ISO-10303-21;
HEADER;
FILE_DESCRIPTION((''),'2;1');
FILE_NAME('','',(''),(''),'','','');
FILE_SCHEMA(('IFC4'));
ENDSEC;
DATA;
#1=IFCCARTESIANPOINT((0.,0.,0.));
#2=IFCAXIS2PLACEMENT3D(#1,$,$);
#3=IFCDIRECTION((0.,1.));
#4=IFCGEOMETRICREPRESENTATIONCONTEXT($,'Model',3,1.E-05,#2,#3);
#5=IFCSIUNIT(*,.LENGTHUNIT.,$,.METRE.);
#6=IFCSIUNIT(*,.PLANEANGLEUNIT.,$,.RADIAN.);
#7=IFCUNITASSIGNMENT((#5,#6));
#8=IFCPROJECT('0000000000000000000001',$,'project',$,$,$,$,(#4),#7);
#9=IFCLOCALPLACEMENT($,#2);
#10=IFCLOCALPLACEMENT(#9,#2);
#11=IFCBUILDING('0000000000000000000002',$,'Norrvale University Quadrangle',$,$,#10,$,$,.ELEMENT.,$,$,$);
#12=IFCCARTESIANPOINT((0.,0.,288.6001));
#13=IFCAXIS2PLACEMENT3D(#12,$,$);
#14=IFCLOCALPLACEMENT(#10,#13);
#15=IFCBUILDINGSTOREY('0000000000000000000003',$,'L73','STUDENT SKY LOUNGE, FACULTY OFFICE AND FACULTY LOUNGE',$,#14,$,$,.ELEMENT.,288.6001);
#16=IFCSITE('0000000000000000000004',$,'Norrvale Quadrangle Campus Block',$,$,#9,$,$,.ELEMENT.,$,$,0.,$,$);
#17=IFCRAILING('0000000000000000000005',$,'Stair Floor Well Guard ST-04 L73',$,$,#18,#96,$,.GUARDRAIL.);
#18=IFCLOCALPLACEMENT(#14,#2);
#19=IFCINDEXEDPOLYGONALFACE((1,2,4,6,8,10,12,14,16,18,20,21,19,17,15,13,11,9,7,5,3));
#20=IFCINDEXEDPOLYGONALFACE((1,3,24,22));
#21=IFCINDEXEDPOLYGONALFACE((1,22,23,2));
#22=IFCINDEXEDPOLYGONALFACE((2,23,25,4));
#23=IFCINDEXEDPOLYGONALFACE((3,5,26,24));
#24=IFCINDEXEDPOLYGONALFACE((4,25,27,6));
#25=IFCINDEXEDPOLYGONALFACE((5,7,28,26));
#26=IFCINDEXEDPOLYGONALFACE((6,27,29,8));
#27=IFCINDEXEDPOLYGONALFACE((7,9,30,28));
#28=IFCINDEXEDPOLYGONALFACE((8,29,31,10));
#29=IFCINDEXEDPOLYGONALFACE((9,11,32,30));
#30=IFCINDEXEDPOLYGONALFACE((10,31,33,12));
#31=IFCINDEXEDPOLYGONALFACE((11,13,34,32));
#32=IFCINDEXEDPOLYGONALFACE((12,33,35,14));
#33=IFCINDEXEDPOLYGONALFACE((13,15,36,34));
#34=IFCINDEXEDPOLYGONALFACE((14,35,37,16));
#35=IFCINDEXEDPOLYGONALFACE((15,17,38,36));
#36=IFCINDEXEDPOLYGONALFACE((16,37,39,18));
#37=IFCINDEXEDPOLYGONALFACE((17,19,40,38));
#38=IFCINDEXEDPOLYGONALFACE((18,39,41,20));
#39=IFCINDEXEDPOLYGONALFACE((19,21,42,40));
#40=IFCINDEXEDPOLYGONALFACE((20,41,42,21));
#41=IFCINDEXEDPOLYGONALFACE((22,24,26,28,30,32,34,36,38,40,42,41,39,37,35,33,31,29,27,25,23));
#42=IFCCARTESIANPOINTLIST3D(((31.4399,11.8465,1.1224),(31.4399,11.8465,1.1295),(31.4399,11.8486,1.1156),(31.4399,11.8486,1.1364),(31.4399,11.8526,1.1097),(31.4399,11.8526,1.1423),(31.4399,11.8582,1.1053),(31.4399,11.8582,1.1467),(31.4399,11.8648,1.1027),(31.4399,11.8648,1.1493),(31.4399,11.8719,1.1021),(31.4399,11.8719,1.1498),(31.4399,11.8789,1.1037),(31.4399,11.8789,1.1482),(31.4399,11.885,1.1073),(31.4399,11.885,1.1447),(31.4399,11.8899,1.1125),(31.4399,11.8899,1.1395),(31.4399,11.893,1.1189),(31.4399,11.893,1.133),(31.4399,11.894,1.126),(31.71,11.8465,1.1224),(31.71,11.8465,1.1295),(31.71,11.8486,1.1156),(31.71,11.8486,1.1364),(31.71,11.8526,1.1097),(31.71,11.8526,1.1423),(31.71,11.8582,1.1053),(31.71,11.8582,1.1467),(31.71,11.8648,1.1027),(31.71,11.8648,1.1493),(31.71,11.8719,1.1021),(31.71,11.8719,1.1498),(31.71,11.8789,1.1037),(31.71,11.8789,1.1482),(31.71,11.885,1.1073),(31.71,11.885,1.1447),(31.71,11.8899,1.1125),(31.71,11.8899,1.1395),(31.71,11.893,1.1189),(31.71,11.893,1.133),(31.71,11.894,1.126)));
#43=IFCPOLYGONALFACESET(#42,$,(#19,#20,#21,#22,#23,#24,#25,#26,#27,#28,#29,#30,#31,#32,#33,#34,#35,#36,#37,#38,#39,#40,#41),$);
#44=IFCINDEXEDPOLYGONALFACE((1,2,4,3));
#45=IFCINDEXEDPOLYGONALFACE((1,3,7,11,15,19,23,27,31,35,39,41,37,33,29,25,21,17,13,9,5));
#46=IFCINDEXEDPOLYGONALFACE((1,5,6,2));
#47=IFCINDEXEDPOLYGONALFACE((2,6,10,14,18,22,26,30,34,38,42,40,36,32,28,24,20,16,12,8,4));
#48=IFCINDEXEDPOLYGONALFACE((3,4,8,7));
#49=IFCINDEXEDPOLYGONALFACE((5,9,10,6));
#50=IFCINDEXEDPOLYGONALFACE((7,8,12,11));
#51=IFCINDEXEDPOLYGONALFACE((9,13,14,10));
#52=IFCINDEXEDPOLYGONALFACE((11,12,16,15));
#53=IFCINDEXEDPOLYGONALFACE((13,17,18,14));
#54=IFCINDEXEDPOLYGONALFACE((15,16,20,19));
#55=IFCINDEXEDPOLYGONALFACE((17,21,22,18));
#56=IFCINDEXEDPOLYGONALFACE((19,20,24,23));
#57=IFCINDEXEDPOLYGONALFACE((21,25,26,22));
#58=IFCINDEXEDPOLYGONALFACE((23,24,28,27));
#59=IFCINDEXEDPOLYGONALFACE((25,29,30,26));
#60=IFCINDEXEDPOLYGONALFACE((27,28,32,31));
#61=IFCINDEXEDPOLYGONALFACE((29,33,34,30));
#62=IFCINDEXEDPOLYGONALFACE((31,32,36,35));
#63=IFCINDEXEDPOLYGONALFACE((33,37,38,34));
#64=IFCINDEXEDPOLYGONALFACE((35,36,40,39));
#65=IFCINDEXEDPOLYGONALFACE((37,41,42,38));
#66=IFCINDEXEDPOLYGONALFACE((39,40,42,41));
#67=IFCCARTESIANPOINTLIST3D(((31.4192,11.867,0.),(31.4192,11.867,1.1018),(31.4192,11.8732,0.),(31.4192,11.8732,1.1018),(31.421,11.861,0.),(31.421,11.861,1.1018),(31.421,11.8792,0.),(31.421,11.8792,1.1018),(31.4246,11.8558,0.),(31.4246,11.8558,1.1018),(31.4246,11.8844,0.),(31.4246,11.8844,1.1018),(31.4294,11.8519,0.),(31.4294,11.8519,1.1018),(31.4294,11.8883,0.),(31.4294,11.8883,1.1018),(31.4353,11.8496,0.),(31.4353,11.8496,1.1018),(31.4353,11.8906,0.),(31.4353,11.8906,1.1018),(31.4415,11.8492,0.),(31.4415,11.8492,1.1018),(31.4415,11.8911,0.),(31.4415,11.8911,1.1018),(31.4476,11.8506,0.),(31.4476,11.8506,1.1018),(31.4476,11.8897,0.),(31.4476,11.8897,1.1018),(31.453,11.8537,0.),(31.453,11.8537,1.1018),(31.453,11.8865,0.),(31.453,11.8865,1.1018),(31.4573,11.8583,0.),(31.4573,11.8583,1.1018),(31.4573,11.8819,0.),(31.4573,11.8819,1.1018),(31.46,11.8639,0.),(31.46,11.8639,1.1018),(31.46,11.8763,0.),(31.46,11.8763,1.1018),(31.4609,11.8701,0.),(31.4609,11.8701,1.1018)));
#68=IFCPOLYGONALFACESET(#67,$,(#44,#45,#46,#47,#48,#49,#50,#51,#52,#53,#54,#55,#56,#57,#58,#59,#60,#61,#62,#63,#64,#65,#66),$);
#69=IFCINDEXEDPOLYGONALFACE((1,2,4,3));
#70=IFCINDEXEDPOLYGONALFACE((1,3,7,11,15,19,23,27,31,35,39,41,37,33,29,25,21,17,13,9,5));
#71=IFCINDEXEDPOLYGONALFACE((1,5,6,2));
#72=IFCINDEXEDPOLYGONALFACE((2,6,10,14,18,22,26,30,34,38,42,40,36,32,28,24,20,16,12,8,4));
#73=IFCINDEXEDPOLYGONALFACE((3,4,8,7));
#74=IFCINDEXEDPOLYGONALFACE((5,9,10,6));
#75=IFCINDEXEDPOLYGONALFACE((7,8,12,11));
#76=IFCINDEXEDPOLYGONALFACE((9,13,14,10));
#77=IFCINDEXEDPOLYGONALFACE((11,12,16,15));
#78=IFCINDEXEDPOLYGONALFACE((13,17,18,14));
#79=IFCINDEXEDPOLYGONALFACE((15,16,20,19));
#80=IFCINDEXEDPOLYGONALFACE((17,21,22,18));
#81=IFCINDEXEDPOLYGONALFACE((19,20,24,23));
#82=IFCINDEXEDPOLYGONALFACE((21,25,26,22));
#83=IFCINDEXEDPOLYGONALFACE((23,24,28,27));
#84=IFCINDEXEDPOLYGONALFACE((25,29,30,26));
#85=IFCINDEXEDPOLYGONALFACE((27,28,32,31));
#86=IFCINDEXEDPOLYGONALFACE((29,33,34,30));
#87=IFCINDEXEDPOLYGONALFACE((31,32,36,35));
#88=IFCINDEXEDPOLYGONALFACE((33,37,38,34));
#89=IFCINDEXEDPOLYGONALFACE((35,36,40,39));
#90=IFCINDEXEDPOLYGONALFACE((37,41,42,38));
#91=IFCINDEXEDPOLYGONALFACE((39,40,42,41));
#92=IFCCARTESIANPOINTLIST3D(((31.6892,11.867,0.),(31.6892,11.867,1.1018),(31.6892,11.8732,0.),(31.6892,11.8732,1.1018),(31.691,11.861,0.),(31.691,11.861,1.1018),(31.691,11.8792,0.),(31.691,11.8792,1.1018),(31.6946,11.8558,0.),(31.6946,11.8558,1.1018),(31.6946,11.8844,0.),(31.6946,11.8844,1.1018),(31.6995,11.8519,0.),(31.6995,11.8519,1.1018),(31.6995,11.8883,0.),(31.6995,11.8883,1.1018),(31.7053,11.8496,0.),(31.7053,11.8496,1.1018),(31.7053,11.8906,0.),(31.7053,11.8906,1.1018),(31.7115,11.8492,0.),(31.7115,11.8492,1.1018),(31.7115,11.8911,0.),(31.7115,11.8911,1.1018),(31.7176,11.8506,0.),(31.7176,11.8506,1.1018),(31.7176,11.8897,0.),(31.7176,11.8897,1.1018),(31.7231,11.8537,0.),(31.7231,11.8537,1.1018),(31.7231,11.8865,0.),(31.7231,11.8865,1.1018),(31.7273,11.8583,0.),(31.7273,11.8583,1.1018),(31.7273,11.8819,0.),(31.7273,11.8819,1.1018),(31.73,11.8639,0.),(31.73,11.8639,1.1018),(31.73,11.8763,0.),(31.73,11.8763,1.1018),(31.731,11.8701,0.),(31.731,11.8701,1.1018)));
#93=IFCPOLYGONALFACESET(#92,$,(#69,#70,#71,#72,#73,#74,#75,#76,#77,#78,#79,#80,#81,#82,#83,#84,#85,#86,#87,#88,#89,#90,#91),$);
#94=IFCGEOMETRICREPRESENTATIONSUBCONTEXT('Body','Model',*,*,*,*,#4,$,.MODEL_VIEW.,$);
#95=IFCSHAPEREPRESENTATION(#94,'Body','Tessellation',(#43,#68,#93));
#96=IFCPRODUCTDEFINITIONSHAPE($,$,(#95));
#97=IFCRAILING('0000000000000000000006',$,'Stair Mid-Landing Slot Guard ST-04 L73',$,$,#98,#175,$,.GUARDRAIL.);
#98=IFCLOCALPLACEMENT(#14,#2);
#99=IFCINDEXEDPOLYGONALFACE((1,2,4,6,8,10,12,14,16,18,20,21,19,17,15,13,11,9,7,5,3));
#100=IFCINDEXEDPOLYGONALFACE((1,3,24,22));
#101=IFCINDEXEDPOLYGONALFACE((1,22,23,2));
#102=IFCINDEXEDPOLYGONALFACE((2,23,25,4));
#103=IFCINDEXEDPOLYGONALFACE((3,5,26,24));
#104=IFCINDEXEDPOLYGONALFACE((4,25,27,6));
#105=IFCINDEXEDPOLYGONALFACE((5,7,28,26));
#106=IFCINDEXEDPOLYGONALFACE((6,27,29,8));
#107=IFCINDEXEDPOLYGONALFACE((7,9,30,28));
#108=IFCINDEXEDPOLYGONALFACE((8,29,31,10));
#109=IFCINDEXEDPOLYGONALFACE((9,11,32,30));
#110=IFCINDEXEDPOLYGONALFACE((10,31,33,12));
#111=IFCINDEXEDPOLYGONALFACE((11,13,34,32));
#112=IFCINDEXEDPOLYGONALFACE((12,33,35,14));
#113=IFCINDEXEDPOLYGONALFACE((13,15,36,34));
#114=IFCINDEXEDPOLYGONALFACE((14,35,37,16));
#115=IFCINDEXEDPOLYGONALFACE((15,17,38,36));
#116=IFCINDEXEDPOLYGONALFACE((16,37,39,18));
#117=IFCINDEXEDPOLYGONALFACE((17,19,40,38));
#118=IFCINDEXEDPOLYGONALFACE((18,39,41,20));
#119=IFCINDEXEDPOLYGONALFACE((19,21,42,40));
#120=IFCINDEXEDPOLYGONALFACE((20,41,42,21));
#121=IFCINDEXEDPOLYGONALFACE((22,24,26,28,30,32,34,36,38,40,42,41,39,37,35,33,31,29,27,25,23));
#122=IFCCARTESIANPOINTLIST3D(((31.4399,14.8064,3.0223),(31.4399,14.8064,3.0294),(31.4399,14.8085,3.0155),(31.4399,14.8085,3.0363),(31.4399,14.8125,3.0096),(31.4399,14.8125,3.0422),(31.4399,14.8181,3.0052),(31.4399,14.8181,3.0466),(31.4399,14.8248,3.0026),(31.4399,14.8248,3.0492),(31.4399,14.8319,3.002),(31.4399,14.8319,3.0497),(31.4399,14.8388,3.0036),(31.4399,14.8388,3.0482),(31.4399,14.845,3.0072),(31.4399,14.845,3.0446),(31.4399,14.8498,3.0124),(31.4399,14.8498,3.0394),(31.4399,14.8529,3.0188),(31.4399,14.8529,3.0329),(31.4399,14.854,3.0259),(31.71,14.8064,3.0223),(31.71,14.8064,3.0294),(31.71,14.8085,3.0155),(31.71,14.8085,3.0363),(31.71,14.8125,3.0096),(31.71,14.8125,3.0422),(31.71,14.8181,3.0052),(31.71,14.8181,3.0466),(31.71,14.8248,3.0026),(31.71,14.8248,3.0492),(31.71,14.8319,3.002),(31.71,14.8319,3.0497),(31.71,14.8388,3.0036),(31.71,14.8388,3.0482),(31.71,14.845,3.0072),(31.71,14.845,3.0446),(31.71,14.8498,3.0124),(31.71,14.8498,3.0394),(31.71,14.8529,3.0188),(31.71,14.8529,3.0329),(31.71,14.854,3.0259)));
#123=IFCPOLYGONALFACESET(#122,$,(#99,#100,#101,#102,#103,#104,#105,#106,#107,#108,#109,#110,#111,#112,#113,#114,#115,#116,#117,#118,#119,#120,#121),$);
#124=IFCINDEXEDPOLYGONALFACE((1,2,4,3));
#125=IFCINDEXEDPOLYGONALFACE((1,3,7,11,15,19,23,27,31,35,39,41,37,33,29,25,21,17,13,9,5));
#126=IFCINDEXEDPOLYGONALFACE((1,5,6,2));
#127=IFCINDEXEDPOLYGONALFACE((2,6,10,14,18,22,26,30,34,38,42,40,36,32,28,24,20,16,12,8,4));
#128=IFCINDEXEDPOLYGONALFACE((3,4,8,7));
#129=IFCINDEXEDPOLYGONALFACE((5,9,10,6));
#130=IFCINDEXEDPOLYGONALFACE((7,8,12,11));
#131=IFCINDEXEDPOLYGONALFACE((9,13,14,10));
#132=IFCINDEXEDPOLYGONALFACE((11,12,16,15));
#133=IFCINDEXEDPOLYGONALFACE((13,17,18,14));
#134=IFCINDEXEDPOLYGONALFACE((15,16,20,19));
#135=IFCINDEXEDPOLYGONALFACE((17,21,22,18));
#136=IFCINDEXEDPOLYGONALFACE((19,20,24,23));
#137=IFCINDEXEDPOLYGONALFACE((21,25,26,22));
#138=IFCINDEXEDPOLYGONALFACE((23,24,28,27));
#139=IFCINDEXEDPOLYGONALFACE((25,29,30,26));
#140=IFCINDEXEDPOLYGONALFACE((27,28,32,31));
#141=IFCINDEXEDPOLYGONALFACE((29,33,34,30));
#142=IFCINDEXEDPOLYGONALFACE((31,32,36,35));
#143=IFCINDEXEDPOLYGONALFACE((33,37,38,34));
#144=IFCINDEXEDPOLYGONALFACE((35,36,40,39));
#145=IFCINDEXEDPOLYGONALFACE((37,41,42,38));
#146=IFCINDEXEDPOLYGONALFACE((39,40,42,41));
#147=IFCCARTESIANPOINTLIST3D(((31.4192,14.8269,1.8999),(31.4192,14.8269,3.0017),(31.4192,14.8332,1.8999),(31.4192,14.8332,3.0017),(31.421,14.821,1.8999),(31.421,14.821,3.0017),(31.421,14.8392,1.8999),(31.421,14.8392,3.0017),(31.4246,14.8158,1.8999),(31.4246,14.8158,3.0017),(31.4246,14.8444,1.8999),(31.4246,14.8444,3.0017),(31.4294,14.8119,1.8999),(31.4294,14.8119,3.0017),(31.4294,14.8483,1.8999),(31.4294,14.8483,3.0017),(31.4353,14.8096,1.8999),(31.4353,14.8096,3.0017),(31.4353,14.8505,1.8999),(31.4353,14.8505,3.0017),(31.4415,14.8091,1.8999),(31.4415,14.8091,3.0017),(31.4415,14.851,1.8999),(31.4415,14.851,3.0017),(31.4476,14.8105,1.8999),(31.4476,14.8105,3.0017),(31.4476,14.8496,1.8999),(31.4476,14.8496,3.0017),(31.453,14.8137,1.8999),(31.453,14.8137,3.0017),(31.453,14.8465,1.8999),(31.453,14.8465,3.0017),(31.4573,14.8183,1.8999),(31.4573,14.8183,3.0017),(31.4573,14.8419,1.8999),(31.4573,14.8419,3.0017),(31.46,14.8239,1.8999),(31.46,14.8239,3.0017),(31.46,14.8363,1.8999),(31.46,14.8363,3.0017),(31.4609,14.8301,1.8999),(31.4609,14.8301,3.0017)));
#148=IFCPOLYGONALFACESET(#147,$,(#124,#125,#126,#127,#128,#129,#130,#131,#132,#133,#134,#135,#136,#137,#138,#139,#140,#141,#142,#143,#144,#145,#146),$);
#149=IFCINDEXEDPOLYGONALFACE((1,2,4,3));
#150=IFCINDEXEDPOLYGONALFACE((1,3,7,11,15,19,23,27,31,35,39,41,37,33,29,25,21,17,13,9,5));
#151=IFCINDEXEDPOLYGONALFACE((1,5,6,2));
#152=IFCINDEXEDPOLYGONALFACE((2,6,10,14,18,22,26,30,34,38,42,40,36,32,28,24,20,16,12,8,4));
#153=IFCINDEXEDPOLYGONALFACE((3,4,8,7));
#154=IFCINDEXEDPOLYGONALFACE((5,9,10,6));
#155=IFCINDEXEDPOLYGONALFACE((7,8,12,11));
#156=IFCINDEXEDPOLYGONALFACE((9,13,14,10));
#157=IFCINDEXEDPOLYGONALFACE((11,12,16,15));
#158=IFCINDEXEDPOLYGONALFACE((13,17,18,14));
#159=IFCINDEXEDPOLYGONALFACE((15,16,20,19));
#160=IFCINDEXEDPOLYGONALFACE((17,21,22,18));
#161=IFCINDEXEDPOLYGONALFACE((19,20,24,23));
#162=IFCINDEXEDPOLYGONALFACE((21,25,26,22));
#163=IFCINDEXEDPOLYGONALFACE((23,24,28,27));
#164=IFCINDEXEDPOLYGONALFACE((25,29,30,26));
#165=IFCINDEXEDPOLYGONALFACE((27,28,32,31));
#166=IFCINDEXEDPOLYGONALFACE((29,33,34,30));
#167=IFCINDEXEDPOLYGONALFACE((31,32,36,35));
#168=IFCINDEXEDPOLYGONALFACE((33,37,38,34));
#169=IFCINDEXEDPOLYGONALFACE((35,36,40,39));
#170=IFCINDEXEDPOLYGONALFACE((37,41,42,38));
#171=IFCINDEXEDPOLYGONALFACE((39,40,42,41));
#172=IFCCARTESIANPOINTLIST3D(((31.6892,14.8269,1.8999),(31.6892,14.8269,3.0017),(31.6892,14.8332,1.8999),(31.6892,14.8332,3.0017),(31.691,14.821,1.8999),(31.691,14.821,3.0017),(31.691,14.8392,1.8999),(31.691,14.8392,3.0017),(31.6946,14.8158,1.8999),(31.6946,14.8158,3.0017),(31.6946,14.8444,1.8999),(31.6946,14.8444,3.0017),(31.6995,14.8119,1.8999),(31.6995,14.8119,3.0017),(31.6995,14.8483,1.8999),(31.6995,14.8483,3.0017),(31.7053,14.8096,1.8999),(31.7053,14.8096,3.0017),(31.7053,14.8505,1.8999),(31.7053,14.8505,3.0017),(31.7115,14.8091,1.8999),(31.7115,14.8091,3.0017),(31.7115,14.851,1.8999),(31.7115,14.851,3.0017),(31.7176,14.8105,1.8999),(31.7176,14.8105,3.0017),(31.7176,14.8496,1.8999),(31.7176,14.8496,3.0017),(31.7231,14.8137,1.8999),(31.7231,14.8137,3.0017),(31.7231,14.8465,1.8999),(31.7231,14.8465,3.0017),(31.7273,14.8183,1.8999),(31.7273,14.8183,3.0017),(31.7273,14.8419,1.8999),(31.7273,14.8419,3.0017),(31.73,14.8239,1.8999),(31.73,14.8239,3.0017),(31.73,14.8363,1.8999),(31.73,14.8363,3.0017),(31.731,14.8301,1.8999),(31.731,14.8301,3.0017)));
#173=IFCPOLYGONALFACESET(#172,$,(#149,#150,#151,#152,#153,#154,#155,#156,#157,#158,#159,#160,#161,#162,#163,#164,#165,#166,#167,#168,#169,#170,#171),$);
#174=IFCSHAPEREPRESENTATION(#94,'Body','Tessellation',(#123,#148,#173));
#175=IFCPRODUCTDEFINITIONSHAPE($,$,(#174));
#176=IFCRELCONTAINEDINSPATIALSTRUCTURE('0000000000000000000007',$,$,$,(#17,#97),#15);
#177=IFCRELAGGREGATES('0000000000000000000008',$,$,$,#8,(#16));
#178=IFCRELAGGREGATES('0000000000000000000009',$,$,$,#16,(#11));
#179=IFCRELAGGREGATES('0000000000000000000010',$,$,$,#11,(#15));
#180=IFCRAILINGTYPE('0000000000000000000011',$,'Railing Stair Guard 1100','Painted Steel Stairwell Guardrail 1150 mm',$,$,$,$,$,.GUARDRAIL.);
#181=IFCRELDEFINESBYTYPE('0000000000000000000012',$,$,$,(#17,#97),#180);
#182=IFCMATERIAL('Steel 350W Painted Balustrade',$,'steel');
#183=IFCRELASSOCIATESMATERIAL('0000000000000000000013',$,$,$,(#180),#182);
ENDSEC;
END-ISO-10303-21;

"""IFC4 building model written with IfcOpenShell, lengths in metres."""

from ifc_helpers import new_model, si_unit, direction, frame, origin, origin_2d, place, context, subcontext, project, spatial, circle, extrude, material, type_object, element, save


model = new_model("IFC4")

# Units and contexts
model_context = context("Model", 3, precision=1e-05, world=origin(), true_north=direction((0.0, 1.0)))
body_context = subcontext(model_context, "Body", "Model", "MODEL_VIEW")
ifc_project = project(units=[si_unit("LENGTHUNIT", "METRE"), si_unit("PLANEANGLEUNIT", "RADIAN")], contexts=[model_context])

# Site, building, storey
site_placement = place(None, origin())
site = spatial("IfcSite", under=ifc_project, at=site_placement, Name="Norrvale Quadrangle Campus Block", CompositionType="ELEMENT", RefElevation=0.0)
building_placement = place(site_placement, origin())
building = spatial("IfcBuilding", under=site, at=building_placement, Name="Norrvale University Quadrangle", CompositionType="ELEMENT")
storey_placement = place(building_placement, frame((0.0, 0.0, 288.6001)))
storey = spatial("IfcBuildingStorey", under=building, at=storey_placement, Name="L73", Description="STUDENT SKY LOUNGE, FACULTY OFFICE AND FACULTY LOUNGE", CompositionType="ELEMENT", Elevation=288.6001)

# Railings
ifc_material_1 = material(Name="Steel 350W Painted Balustrade", Category="steel")
railing_type_1 = type_object("IfcRailingType", Name="Railing Stair Guard 1100", Description="Painted Steel Stairwell Guardrail 1150 mm", PredefinedType="GUARDRAIL", material=ifc_material_1)
for number, where, name in (
    (1, (31.4399, 11.8701, 0.0), "Stair Floor Well Guard ST-04 L73"),
    (2, (31.4399, 14.8301, 1.8999), "Stair Mid-Landing Slot Guard ST-04 L73"),
):
    element("IfcRailing", number, at=place(storey_placement, frame(where)), inside=storey, type_object=railing_type_1, Name=name, PredefinedType="GUARDRAIL", context=body_context, shape_type="SweptSolid", body=[
        extrude(circle(Radius=0.0239, at=origin_2d()), frame((0.0, 0.0, 1.126), z_axis=(1.0, 0.0, 0.0), x_axis=(0.0, 1.0, 0.0)), (0.0, 0.0, 1.0), 0.27),
        extrude(circle(Radius=0.021, at=origin_2d()), origin(), (0.0, 0.0, 1.0), 1.1018),
        extrude(circle(Radius=0.021, at=origin_2d()), frame((0.27, 0.0, 0.0)), (0.0, 0.0, 1.0), 1.1018),
    ])

save(model, "model.ifc")
